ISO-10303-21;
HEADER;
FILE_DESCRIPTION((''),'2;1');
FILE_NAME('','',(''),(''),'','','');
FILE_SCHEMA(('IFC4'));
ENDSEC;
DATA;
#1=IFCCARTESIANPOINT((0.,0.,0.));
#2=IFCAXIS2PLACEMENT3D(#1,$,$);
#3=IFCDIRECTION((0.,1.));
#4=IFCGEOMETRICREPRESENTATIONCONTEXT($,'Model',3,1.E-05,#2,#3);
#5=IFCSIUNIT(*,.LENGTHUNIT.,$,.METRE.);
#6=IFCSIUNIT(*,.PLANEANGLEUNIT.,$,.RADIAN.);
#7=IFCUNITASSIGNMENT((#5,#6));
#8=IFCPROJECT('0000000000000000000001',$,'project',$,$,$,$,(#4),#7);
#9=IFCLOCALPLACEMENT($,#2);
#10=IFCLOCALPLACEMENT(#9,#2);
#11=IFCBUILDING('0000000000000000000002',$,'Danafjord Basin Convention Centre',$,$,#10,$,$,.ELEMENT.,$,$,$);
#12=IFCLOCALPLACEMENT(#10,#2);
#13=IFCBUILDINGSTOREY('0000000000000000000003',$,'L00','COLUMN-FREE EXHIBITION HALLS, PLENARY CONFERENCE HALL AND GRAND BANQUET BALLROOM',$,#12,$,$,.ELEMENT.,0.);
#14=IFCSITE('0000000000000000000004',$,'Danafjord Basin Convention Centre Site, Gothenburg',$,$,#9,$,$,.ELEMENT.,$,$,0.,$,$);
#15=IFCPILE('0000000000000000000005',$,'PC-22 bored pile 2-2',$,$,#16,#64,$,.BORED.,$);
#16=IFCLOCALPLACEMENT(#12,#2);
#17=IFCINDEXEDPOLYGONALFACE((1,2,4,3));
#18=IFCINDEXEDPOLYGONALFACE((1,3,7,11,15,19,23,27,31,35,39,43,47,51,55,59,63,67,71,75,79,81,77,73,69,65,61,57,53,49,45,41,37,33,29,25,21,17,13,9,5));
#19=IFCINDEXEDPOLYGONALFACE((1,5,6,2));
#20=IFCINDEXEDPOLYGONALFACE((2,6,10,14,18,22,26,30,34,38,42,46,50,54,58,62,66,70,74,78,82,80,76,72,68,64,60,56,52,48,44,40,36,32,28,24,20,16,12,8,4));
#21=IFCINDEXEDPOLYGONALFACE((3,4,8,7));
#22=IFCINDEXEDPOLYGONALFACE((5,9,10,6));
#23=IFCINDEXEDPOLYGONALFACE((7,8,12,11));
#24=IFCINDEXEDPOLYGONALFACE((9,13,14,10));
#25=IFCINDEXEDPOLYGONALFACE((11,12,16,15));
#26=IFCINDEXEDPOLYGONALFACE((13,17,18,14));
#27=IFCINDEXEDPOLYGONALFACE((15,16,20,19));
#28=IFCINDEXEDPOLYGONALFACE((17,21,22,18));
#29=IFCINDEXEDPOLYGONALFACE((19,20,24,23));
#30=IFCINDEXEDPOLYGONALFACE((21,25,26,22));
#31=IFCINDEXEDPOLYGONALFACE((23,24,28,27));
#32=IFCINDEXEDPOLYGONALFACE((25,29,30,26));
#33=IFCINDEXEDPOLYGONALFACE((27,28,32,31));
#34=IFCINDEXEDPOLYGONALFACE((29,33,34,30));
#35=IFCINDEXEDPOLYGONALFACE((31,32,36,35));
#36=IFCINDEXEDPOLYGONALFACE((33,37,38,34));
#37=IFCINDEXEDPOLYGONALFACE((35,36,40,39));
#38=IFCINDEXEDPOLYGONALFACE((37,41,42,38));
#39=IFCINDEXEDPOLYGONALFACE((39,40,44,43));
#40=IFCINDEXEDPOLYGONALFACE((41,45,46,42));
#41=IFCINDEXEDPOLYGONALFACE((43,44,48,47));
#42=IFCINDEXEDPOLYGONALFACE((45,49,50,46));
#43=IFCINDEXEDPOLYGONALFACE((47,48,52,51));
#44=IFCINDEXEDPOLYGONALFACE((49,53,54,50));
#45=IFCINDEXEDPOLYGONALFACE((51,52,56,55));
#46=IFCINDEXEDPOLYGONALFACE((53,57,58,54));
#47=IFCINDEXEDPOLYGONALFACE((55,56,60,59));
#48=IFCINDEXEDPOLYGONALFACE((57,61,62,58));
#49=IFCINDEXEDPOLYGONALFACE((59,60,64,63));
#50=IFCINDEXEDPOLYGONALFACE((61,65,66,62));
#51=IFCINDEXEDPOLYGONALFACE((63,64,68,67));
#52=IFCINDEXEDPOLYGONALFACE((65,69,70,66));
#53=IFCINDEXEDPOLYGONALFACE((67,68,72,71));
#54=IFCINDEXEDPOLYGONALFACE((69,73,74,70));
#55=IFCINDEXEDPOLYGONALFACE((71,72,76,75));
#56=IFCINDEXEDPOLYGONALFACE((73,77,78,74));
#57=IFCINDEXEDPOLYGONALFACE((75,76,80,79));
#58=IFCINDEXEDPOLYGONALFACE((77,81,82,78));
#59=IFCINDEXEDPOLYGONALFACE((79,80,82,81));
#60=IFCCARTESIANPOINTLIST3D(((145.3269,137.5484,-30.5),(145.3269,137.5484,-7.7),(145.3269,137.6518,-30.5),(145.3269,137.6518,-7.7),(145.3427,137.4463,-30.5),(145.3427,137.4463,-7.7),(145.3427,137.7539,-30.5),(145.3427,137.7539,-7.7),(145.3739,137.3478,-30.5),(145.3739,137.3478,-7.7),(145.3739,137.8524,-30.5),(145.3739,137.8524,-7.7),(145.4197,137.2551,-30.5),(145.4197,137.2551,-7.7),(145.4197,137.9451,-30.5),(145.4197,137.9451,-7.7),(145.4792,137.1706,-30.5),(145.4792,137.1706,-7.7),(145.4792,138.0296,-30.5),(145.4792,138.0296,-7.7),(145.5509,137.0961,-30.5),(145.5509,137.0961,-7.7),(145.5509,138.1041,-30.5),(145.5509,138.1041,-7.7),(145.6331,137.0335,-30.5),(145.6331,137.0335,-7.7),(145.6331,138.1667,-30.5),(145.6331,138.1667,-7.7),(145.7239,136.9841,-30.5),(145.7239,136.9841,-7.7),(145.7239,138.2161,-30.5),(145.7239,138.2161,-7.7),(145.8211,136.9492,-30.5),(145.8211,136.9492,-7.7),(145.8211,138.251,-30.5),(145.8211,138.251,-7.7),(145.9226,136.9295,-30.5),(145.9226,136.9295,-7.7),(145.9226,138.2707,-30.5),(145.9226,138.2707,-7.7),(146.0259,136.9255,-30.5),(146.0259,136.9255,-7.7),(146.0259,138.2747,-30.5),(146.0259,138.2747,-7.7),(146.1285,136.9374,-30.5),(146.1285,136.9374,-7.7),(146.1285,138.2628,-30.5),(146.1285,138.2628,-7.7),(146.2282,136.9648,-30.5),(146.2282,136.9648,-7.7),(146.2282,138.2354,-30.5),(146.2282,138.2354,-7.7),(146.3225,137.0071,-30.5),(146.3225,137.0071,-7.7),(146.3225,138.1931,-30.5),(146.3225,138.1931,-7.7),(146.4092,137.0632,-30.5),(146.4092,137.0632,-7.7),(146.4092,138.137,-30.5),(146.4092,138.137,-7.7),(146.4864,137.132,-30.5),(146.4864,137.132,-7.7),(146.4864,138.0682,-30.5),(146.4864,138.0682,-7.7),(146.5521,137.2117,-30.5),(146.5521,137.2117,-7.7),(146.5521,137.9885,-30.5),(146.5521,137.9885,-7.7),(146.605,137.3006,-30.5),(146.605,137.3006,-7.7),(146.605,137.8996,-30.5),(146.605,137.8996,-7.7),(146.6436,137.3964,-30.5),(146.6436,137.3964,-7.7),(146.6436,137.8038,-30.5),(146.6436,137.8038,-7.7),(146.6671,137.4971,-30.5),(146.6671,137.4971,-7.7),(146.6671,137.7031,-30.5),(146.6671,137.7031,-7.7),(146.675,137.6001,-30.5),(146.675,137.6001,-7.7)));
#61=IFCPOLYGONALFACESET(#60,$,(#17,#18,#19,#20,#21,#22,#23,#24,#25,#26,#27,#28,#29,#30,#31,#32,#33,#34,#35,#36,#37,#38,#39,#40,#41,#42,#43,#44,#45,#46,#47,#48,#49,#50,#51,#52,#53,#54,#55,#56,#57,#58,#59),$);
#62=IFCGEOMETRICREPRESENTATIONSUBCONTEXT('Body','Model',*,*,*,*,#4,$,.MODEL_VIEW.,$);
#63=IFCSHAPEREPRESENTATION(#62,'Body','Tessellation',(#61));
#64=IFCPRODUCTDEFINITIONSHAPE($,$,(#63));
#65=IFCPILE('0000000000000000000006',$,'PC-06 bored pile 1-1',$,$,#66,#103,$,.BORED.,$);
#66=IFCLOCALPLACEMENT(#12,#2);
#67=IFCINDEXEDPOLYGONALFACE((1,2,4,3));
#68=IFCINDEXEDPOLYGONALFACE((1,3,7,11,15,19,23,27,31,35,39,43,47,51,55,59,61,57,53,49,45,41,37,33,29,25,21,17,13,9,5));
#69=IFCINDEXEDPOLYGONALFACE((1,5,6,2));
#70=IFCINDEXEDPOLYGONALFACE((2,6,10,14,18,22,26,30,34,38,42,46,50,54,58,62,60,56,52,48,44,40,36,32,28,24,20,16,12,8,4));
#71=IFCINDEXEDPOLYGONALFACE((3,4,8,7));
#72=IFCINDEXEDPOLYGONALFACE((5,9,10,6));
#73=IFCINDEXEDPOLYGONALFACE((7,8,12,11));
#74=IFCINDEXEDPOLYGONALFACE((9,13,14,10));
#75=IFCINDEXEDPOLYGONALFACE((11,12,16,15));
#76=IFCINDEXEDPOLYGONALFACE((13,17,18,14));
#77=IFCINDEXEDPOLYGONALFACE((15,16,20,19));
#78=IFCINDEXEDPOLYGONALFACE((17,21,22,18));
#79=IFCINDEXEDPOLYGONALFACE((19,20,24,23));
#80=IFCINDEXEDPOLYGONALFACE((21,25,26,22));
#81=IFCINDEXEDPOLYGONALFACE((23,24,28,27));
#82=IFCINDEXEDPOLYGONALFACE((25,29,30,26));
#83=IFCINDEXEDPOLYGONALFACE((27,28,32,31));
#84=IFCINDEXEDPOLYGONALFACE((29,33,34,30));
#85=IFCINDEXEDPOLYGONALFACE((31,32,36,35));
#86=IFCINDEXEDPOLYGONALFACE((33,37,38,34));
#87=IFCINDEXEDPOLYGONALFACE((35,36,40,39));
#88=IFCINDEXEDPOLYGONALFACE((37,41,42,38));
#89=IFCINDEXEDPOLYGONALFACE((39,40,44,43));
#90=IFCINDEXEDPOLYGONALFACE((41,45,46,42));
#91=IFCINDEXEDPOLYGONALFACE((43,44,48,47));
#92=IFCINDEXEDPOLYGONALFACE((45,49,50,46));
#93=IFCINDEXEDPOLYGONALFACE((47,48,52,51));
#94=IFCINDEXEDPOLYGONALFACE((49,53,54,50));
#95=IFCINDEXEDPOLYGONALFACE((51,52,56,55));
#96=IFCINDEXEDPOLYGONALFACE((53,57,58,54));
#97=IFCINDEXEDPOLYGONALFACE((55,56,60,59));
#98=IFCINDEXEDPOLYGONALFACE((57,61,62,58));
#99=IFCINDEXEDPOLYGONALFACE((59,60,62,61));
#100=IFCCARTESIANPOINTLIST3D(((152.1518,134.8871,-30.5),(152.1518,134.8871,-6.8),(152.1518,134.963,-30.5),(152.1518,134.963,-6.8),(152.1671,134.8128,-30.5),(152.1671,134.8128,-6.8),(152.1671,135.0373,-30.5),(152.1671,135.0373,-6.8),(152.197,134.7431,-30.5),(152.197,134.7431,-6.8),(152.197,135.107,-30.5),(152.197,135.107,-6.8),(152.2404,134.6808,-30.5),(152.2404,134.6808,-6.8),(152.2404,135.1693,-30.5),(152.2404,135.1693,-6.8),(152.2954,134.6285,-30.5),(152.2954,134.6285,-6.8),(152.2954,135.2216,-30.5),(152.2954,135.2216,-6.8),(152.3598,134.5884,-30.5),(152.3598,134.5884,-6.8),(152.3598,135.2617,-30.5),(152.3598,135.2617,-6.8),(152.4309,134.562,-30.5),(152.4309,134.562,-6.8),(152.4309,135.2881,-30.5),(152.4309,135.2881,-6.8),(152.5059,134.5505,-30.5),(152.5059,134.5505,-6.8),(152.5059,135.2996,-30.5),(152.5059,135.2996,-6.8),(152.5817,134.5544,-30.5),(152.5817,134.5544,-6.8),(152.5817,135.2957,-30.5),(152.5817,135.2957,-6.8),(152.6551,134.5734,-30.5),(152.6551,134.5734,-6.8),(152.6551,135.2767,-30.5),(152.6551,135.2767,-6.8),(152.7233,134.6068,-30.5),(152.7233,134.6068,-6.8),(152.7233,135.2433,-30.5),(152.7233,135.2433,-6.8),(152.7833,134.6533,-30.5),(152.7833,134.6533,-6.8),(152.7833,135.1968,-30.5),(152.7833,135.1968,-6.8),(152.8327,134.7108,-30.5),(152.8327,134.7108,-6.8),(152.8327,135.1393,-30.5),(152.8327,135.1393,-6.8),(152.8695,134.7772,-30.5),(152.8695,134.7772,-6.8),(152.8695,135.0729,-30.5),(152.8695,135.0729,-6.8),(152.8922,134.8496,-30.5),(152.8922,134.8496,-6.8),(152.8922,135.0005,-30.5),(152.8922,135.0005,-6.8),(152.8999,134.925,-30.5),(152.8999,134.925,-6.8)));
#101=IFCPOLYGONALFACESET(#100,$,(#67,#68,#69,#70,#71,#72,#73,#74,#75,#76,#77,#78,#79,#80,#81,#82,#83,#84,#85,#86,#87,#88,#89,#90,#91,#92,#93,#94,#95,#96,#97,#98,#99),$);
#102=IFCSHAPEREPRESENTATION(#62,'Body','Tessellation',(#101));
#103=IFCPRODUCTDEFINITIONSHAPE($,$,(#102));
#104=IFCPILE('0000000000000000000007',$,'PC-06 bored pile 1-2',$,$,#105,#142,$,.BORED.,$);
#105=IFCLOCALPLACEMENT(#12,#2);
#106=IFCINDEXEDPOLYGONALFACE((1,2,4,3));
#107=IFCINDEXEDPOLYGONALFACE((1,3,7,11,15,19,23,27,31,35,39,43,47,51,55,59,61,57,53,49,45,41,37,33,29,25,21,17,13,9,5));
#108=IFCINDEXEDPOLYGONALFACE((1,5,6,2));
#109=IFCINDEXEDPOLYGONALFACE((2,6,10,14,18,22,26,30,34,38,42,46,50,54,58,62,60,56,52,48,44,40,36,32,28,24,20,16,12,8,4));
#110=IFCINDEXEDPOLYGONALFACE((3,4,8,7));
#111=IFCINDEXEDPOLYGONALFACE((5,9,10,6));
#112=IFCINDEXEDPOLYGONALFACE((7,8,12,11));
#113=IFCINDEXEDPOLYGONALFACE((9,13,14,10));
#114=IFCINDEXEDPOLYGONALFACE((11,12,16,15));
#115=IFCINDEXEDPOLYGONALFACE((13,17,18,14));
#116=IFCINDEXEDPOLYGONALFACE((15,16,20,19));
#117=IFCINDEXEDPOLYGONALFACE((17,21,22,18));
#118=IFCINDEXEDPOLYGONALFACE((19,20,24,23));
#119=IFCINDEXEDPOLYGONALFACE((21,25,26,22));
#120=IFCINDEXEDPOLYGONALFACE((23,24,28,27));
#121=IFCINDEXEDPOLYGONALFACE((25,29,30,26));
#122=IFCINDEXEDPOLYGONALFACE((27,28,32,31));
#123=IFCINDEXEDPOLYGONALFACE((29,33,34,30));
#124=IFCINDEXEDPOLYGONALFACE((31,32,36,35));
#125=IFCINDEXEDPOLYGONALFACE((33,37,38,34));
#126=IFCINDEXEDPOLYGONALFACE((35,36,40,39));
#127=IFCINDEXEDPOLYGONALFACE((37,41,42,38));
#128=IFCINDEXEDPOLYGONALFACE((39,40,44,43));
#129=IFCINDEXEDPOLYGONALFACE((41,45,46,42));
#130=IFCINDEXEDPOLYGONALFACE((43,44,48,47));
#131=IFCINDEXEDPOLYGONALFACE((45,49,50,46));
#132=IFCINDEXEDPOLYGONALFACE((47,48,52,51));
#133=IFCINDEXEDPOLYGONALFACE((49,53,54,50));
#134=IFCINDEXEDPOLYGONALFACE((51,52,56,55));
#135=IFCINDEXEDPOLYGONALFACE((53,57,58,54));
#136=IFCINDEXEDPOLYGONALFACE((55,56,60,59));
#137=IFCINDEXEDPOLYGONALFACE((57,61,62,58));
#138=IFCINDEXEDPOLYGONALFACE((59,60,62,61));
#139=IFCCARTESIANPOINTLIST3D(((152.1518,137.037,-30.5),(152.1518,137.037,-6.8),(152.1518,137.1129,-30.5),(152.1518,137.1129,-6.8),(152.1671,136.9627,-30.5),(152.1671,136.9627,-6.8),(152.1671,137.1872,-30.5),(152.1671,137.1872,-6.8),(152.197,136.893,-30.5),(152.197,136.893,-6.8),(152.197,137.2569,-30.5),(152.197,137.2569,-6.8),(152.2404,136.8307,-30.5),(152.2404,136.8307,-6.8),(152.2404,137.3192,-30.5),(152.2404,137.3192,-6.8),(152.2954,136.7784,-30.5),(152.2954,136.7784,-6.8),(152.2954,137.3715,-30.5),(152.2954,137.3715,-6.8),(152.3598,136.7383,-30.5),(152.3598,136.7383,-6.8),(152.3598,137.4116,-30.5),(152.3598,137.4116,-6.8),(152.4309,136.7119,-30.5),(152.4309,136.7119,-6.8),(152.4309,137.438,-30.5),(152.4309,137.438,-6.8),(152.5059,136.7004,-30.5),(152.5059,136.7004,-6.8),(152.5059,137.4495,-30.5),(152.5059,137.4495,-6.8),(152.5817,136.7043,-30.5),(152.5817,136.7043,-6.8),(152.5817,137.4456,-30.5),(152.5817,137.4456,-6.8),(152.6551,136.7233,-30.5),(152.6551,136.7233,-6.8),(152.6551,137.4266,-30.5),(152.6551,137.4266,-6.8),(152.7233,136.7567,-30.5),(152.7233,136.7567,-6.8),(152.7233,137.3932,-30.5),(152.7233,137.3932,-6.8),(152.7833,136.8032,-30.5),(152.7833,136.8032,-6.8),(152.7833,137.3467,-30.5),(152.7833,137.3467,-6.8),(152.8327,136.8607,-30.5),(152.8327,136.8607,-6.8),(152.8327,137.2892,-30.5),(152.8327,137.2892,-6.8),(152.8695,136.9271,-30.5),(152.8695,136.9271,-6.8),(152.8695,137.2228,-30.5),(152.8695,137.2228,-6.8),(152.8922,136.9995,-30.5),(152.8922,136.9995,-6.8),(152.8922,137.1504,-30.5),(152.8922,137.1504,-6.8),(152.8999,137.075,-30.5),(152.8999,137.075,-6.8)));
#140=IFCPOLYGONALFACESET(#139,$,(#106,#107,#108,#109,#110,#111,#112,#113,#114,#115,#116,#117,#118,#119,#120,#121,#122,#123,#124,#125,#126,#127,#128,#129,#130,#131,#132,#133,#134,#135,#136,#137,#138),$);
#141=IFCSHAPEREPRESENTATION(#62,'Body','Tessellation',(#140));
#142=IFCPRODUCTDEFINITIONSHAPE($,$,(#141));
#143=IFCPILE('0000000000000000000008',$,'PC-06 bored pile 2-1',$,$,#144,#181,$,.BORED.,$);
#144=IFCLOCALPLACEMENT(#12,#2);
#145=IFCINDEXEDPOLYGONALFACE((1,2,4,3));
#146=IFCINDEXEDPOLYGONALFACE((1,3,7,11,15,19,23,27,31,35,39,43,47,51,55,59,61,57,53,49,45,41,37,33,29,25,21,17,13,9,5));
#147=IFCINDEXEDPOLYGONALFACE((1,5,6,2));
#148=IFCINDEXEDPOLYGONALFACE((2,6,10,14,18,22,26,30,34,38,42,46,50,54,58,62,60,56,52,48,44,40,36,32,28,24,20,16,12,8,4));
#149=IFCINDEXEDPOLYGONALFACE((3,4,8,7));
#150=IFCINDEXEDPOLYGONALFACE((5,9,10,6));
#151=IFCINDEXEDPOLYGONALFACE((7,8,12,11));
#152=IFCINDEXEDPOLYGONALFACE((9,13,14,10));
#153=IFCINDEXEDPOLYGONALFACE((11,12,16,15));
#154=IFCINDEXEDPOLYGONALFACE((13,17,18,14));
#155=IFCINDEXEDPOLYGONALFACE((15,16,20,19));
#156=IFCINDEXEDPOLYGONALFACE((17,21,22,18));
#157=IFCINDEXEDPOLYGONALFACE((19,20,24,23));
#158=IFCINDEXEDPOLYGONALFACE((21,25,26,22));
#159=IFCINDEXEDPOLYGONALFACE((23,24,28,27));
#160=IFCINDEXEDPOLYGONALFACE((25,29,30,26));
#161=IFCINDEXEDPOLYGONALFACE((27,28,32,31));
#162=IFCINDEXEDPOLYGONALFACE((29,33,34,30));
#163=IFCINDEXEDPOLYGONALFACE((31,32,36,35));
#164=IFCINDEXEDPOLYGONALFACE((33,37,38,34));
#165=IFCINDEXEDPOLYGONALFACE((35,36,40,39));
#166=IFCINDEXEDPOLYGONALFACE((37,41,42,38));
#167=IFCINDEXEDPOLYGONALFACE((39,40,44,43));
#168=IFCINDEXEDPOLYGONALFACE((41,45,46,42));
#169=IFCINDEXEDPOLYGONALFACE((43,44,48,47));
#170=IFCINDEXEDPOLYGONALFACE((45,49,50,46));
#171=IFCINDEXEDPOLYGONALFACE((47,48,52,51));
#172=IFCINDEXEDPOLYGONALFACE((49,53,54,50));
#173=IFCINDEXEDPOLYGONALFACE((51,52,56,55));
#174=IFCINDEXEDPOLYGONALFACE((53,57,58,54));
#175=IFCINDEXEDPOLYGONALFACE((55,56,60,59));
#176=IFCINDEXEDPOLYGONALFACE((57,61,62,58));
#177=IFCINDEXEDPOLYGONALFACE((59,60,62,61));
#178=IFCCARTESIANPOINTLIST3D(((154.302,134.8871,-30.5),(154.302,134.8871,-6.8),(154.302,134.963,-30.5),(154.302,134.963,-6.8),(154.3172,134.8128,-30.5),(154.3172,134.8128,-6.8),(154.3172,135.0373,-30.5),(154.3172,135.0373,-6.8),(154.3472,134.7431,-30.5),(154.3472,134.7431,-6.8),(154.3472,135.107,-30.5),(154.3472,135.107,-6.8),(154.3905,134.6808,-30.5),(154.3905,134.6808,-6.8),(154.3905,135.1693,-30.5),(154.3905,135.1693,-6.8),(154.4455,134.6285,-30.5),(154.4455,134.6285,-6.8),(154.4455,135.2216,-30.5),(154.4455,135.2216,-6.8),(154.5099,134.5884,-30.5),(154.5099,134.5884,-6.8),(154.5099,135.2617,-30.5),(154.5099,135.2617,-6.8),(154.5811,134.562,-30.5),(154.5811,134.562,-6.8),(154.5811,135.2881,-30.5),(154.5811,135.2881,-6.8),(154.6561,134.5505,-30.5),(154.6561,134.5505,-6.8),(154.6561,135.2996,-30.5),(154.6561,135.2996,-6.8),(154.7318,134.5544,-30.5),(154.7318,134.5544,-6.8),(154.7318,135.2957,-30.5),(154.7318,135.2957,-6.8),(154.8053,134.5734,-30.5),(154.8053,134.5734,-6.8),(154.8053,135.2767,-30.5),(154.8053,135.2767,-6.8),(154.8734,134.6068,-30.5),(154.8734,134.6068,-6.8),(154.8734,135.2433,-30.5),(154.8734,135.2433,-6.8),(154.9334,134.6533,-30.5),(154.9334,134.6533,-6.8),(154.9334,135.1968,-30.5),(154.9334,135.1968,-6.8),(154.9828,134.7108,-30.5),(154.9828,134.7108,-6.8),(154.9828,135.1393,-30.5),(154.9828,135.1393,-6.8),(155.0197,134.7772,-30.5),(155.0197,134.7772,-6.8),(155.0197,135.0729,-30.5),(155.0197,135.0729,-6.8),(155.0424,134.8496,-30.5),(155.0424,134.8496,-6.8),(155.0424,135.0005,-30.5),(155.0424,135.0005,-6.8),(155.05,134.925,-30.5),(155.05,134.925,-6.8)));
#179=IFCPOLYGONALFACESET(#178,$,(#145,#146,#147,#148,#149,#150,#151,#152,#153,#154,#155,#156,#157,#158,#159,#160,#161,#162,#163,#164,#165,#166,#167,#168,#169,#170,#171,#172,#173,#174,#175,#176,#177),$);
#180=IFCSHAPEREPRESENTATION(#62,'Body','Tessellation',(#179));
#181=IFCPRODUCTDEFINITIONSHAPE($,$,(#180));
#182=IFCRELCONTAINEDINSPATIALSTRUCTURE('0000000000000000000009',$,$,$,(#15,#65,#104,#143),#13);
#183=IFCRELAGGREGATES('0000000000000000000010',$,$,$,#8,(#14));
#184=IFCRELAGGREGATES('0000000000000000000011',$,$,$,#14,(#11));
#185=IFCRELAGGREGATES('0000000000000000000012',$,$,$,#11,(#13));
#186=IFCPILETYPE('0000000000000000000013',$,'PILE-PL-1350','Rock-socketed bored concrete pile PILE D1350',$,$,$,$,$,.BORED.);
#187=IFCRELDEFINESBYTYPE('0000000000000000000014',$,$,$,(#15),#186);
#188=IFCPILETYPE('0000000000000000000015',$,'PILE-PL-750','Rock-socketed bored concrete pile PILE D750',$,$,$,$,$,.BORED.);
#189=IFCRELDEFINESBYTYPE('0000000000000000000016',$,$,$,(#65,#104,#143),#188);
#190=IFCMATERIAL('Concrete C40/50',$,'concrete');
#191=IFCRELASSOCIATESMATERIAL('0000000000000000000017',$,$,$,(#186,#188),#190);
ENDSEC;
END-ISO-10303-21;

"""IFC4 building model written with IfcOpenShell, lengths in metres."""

from ifc_helpers import new_model, si_unit, direction, frame, origin, origin_2d, place, context, subcontext, project, spatial, circle, extrude, material, material_profile, profile_set, type_object, element, save


model = new_model("IFC4")

# Units and contexts
model_context = context("Model", 3, precision=1e-05, world=origin(), true_north=direction((0.0, 1.0)))
body_context = subcontext(model_context, "Body", "Model", "MODEL_VIEW")
ifc_project = project(units=[si_unit("LENGTHUNIT", "METRE"), si_unit("PLANEANGLEUNIT", "RADIAN")], contexts=[model_context])

# Site, building, storey
site_placement = place(None, origin())
site = spatial("IfcSite", under=ifc_project, at=site_placement, Name="Danafjord Basin Convention Centre Site, Gothenburg", CompositionType="ELEMENT", RefElevation=0.0)
building_placement = place(site_placement, origin())
building = spatial("IfcBuilding", under=site, at=building_placement, Name="Danafjord Basin Convention Centre", CompositionType="ELEMENT")
storey_placement = place(building_placement, origin())
storey = spatial("IfcBuildingStorey", under=building, at=storey_placement, Name="L00", Description="COLUMN-FREE EXHIBITION HALLS, PLENARY CONFERENCE HALL AND GRAND BANQUET BALLROOM", CompositionType="ELEMENT", Elevation=0.0)

# Shared definitions
ifc_material_1 = material(Name="Concrete C40/50", Category="concrete")

# Piles
ifc_material_profile_1 = material_profile(ifc_material_1, circle(Radius=0.675, at=origin_2d()), Name="PILE D1350")
ifc_profile_set_1 = profile_set([ifc_material_profile_1], Name="Concrete C40/50")
pile_type_1 = type_object("IfcPileType", Name="PILE-PL-1350", Description="Rock-socketed bored concrete pile PILE D1350", PredefinedType="BORED", material=ifc_profile_set_1)
for number, where, z_axis, x_axis, name in (
    (1, (146.0, 137.6001, -7.7), (0.0, 0.0, -1.0), (1.0, 0.0, 0.0), "PC-22 bored pile 2-2"),
):
    element("IfcPile", number, at=place(storey_placement, frame(where, z_axis=z_axis, x_axis=x_axis)), inside=storey, type_object=pile_type_1, Name=name, PredefinedType="BORED", context=body_context, shape_type="SweptSolid", body=[
        extrude(circle(Radius=0.675, at=origin_2d()), origin(), (0.0, 0.0, 1.0), 22.8),
    ])
ifc_material_profile_2 = material_profile(ifc_material_1, circle(Radius=0.375, at=origin_2d()), Name="PILE D750")
ifc_profile_set_2 = profile_set([ifc_material_profile_2], Name="Concrete C40/50")
pile_type_2 = type_object("IfcPileType", Name="PILE-PL-750", Description="Rock-socketed bored concrete pile PILE D750", PredefinedType="BORED", material=ifc_profile_set_2)
for number, where, z_axis, x_axis, name in (
    (2, (152.5249, 134.925, -6.8), (0.0, 0.0, -1.0), (1.0, 0.0, 0.0), "PC-06 bored pile 1-1"),
    (3, (152.5249, 137.075, -6.8), (0.0, 0.0, -1.0), (1.0, 0.0, 0.0), "PC-06 bored pile 1-2"),
    (4, (154.675, 134.925, -6.8), (0.0, 0.0, -1.0), (1.0, 0.0, 0.0), "PC-06 bored pile 2-1"),
):
    element("IfcPile", number, at=place(storey_placement, frame(where, z_axis=z_axis, x_axis=x_axis)), inside=storey, type_object=pile_type_2, Name=name, PredefinedType="BORED", context=body_context, shape_type="SweptSolid", body=[
        extrude(circle(Radius=0.375, at=origin_2d()), origin(), (0.0, 0.0, 1.0), 23.7),
    ])

save(model, "model.ifc")
